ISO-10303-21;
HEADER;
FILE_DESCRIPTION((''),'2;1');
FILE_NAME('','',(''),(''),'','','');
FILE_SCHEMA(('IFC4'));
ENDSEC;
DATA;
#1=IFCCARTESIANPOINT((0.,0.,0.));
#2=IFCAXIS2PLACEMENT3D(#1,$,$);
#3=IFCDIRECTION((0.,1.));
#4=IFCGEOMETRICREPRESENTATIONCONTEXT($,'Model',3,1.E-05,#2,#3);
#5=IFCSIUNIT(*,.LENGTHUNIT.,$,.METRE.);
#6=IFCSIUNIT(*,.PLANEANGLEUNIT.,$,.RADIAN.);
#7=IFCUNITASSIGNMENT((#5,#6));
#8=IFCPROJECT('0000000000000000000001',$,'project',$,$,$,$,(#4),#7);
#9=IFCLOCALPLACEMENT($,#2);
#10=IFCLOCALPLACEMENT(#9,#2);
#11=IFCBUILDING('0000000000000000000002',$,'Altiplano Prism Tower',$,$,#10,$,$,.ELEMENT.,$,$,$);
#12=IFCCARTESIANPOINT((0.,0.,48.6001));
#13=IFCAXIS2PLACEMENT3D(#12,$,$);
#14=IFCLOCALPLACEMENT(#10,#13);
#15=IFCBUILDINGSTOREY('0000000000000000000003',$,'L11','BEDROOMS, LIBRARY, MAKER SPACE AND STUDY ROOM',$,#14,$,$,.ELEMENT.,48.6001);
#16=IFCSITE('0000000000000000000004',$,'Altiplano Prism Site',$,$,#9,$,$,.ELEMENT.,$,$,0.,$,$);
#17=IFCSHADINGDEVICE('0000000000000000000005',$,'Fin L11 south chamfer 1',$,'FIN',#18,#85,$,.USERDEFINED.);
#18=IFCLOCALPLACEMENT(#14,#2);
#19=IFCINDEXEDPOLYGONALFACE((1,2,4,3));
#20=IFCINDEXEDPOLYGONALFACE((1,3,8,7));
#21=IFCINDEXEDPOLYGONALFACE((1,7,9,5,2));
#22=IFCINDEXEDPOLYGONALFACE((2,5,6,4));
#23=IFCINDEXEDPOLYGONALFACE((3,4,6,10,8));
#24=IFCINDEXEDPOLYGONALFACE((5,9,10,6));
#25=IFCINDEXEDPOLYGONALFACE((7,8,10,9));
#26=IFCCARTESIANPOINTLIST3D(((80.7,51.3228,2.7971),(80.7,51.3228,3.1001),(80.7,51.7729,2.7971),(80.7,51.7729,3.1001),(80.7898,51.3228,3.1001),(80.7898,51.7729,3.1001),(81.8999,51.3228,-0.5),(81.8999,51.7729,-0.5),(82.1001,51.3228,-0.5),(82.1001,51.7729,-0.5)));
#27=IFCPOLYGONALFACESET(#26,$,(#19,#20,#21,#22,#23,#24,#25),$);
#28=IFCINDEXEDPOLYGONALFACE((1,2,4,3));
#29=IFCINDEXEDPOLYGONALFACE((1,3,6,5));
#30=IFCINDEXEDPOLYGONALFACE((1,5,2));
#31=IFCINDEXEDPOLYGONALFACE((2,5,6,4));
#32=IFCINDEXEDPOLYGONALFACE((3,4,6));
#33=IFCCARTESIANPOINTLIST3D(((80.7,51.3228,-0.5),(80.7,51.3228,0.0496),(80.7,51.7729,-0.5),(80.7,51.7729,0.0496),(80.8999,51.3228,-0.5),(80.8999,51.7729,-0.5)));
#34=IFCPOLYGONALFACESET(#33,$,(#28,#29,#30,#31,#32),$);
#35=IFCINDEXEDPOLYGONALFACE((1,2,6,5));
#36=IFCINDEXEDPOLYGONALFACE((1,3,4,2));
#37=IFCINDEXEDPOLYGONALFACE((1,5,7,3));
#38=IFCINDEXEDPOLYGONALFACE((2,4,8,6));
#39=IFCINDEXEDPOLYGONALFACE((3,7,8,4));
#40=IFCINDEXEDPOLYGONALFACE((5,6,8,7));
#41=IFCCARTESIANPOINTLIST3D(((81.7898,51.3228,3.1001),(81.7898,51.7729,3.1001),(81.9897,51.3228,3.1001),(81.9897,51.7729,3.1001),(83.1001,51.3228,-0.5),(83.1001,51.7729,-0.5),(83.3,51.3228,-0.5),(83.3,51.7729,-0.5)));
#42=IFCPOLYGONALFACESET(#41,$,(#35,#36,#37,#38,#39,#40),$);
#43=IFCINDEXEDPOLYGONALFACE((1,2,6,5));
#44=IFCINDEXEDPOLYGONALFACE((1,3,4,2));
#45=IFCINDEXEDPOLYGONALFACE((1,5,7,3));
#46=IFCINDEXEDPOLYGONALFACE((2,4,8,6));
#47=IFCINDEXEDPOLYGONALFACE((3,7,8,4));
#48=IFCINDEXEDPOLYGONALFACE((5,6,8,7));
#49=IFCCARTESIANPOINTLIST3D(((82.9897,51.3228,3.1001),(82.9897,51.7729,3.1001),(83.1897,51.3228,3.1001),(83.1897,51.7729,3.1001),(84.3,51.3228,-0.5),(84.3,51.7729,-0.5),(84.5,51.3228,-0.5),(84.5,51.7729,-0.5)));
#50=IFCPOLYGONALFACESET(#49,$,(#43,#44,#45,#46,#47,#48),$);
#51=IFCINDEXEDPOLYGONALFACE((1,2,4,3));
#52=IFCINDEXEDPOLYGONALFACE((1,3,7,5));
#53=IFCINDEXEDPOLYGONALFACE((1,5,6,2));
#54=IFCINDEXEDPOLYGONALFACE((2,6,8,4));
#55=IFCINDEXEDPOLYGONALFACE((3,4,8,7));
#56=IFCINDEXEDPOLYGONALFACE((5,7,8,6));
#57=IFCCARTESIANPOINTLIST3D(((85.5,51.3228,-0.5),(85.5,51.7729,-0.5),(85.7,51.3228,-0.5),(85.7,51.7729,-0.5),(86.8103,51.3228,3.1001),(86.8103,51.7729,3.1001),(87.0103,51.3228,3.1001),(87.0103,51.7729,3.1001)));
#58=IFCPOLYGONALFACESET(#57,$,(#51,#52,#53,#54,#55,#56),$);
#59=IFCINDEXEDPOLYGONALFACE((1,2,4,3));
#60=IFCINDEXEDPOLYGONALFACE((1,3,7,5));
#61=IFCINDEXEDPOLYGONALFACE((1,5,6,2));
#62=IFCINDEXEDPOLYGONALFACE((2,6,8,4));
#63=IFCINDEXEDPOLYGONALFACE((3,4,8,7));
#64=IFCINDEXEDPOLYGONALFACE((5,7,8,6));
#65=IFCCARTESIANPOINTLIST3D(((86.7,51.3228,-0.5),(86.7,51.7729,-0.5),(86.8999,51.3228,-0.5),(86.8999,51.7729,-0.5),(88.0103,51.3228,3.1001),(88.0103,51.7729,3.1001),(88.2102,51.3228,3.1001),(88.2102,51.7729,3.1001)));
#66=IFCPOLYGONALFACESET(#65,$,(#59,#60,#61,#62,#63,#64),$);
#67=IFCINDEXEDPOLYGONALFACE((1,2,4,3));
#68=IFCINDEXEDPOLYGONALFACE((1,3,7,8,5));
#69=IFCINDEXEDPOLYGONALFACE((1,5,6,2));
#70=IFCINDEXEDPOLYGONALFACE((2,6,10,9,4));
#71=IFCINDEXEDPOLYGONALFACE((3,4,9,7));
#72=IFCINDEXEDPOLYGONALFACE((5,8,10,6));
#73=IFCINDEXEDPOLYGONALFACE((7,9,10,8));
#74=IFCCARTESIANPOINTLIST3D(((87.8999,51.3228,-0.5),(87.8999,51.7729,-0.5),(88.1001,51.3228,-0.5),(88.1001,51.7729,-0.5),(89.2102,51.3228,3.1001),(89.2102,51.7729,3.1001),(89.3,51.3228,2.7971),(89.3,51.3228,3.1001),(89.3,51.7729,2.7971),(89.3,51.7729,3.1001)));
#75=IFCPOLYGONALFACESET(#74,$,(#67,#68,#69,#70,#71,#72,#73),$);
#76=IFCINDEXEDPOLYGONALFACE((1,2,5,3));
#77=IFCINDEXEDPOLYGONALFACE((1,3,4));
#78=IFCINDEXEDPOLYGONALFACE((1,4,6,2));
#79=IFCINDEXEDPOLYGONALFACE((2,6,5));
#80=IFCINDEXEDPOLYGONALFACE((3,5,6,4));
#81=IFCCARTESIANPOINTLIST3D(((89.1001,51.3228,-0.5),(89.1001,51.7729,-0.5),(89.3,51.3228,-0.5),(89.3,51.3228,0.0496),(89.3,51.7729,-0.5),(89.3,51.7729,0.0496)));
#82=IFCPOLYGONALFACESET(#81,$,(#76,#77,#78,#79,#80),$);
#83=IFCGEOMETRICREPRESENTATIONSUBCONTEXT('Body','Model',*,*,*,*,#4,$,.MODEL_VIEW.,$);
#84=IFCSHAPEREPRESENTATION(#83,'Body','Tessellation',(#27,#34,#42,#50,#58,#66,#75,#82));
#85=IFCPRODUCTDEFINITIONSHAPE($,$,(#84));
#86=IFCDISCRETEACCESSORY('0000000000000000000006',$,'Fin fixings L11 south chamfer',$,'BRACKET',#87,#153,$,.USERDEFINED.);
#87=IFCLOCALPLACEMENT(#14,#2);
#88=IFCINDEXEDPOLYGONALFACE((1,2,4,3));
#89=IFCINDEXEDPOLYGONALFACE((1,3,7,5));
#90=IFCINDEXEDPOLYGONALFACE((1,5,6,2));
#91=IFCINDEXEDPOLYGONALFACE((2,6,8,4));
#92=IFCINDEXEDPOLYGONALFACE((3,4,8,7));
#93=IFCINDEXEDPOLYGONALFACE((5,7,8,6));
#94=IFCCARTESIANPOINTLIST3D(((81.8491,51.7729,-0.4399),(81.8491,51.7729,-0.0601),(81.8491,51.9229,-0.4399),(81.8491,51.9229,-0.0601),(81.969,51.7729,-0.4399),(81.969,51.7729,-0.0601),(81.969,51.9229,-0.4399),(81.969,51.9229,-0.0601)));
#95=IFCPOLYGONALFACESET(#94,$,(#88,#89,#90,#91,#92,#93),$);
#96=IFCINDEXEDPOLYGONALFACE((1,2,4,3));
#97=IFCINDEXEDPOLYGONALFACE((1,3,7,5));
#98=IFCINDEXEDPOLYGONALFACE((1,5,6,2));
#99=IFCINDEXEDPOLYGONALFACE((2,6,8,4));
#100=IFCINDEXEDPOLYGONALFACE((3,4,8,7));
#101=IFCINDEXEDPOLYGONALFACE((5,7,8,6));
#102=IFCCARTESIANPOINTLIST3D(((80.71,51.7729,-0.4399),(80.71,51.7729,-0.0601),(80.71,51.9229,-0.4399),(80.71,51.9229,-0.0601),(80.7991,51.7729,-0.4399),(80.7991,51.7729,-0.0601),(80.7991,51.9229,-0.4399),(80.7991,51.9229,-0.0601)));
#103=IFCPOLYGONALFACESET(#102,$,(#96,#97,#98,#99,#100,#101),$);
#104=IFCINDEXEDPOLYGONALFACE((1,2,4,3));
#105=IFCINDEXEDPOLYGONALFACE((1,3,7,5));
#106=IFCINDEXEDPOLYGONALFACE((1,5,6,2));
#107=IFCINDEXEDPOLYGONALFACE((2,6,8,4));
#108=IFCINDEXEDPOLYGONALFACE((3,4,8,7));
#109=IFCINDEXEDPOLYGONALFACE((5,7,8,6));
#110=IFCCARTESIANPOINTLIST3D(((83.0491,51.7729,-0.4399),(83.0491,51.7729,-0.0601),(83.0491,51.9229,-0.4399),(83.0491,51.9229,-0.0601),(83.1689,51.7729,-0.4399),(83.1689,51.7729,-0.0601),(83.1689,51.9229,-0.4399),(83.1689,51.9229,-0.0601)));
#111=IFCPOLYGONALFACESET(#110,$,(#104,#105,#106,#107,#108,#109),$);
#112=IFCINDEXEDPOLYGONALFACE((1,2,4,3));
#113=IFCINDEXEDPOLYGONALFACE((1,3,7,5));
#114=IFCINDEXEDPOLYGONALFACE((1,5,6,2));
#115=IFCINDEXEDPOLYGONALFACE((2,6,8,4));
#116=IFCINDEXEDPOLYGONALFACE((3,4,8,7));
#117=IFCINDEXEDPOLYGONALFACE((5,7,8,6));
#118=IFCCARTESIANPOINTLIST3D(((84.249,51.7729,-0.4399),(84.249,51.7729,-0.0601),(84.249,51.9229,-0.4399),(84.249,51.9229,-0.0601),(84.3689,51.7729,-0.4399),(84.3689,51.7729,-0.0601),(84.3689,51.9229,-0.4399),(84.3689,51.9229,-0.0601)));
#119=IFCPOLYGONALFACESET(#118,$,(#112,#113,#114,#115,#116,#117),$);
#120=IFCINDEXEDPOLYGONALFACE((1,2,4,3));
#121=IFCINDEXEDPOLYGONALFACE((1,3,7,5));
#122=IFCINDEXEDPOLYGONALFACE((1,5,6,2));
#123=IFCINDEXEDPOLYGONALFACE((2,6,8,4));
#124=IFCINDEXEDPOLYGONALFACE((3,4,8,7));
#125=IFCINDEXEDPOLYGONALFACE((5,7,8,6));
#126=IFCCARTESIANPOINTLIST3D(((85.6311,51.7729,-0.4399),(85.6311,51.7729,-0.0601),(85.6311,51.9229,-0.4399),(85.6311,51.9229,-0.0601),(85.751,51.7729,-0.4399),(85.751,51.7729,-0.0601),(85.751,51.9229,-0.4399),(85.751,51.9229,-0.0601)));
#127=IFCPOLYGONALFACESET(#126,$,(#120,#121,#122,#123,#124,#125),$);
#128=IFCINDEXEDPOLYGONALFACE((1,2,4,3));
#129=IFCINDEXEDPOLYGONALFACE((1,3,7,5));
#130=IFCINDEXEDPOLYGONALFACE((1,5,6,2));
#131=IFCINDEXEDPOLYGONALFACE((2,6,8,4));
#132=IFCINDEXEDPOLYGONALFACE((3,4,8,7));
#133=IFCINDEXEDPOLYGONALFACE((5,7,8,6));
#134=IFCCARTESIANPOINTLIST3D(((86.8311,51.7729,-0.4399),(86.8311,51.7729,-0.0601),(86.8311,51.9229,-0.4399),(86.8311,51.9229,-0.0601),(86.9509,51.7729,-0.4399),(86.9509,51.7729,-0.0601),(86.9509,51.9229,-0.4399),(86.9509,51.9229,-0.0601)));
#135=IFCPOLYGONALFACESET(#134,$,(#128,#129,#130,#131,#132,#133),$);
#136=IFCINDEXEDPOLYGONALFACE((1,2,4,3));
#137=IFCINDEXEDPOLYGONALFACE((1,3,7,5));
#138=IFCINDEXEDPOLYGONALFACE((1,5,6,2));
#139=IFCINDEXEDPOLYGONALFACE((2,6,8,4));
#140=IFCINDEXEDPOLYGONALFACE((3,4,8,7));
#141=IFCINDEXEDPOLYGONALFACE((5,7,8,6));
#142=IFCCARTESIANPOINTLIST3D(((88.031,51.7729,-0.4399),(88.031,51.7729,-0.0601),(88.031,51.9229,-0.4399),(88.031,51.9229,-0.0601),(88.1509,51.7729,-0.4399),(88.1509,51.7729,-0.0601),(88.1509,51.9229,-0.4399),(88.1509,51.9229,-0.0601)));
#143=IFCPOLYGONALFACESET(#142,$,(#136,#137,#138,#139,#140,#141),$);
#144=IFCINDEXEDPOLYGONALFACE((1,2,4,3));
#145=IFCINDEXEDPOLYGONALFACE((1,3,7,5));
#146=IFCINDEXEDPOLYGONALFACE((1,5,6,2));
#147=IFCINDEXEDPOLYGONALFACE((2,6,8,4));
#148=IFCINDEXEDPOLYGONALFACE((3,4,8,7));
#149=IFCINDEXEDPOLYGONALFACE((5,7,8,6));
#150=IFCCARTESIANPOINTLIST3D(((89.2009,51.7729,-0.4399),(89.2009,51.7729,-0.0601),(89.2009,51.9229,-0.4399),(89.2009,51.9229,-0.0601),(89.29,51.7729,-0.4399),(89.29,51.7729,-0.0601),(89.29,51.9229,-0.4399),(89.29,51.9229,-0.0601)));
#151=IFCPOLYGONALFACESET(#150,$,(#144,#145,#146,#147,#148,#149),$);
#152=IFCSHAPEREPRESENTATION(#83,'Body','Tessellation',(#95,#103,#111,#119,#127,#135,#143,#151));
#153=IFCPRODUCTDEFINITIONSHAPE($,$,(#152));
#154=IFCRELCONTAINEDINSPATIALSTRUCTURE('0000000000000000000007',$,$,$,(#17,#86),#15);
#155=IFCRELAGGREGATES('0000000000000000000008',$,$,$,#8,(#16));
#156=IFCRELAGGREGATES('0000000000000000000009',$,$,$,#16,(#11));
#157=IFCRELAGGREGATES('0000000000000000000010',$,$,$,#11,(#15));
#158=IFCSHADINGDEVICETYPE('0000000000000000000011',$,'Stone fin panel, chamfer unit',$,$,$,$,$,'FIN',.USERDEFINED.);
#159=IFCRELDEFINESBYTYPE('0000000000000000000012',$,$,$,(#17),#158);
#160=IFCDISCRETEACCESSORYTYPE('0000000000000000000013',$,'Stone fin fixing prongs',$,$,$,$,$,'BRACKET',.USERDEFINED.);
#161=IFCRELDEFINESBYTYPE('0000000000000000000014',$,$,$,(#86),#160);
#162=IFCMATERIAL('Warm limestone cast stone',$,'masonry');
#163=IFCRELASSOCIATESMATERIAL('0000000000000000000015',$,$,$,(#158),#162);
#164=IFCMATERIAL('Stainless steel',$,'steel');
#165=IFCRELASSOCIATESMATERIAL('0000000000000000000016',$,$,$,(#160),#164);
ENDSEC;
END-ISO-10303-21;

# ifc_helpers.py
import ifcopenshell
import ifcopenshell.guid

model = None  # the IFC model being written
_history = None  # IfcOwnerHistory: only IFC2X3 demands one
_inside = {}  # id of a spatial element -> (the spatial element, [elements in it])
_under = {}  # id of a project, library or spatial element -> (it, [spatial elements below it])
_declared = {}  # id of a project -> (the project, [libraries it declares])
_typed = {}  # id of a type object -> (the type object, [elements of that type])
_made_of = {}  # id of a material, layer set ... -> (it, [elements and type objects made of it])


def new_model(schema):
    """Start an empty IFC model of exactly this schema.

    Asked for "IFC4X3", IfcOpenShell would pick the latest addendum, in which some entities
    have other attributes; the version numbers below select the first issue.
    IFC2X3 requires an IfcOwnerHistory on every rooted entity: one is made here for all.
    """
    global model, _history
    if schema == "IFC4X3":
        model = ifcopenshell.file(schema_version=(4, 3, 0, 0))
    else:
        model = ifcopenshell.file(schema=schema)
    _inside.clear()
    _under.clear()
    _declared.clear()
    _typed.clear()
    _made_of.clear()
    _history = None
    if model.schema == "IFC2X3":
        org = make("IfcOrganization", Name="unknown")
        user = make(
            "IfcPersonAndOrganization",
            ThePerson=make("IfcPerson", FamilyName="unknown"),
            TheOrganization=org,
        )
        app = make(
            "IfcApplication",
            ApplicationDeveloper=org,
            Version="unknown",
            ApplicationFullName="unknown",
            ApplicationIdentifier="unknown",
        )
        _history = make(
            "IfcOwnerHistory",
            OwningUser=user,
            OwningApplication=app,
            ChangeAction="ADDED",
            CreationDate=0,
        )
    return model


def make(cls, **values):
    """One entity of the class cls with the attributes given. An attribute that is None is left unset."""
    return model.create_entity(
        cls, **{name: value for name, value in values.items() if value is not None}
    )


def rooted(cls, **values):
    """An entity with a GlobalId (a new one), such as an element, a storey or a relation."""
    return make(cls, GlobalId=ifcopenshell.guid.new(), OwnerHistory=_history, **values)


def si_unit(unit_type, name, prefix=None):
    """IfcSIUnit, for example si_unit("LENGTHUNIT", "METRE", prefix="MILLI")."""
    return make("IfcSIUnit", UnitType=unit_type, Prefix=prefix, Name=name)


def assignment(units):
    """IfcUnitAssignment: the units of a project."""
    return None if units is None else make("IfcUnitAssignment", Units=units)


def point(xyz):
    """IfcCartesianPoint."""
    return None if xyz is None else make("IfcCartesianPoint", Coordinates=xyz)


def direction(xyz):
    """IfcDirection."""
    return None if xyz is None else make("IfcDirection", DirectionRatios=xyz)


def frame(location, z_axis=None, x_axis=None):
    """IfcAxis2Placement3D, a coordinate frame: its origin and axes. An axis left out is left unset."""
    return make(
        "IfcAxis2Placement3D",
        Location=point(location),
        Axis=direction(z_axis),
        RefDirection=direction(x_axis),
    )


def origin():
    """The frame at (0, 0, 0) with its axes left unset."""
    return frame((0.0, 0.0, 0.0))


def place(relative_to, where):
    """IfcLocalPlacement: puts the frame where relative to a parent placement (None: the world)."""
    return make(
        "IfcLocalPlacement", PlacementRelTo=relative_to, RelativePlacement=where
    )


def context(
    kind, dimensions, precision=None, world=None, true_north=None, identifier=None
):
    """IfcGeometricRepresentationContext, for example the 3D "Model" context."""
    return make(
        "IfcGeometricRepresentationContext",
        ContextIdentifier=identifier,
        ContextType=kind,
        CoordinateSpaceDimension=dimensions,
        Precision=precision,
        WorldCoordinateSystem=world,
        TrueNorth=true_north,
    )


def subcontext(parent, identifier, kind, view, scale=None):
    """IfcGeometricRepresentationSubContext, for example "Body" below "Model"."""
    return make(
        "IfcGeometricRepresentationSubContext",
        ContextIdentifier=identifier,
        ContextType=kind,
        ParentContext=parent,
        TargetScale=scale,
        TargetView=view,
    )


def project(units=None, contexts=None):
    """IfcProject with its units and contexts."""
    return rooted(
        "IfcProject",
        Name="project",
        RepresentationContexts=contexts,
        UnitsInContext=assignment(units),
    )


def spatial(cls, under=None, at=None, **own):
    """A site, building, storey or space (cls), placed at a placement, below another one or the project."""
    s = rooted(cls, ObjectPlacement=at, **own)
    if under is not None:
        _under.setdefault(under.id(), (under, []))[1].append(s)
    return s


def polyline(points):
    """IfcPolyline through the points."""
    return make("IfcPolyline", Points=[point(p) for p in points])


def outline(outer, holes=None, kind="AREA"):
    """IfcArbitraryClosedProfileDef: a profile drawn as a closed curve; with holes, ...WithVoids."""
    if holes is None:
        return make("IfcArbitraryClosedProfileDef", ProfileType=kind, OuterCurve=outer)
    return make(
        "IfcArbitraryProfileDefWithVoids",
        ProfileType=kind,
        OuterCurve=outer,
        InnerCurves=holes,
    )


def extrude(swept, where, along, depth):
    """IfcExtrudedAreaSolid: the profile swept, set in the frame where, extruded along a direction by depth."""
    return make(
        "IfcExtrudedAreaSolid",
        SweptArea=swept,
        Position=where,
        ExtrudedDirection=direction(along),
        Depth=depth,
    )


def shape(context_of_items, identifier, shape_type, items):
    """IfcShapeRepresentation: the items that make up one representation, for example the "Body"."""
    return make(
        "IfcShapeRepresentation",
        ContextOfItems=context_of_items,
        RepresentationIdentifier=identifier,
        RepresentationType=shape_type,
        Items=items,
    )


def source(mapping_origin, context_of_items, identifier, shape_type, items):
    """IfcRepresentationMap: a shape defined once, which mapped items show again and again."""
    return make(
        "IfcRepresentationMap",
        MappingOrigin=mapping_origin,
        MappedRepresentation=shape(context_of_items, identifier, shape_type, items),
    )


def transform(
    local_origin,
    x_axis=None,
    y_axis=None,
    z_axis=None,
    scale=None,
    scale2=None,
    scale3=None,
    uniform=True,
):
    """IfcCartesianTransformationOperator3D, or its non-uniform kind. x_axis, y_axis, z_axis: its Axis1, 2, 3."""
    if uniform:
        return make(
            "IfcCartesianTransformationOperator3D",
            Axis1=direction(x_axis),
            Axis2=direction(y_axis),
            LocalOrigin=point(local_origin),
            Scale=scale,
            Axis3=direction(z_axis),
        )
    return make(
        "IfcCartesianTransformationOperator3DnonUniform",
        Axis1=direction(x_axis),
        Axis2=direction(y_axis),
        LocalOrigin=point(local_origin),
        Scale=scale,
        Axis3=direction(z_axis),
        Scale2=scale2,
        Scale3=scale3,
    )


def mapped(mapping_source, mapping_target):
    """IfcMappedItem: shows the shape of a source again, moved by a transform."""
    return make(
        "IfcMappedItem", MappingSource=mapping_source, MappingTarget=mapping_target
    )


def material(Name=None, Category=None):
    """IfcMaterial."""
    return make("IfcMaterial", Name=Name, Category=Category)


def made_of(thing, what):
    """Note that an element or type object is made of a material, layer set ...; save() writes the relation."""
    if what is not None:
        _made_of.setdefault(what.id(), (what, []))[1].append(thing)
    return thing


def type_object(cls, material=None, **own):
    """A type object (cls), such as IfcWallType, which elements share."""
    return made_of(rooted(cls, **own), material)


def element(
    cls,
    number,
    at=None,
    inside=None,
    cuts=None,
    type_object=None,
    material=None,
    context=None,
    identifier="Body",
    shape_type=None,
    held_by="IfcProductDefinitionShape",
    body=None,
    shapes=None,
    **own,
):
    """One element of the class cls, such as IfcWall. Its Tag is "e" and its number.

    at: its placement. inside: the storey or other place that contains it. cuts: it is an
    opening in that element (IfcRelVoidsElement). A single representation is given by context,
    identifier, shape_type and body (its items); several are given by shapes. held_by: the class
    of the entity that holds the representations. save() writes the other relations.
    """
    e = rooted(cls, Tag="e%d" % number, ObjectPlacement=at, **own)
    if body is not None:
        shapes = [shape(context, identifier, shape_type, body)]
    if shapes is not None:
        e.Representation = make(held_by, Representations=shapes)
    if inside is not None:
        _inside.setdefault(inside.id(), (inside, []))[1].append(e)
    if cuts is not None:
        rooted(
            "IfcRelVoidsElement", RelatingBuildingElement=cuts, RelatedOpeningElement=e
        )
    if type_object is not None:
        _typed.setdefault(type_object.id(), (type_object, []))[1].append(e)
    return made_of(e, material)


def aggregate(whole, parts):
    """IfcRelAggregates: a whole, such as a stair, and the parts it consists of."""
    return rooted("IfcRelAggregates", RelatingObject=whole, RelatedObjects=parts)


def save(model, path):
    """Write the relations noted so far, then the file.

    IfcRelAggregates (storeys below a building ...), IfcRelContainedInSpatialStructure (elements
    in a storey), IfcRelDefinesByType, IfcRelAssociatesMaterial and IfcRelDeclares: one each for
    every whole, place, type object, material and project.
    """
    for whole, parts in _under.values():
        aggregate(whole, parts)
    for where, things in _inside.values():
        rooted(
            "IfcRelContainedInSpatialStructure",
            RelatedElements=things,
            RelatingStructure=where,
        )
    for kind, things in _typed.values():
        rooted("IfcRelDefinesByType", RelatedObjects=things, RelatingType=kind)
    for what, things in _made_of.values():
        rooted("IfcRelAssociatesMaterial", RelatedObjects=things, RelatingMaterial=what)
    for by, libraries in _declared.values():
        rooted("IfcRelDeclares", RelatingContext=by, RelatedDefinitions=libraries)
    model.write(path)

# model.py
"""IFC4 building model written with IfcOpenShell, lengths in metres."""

from ifc_helpers import new_model, si_unit, direction, frame, origin, place, context, subcontext, project, spatial, polyline, outline, extrude, source, transform, mapped, material, type_object, element, save


model = new_model("IFC4")

# Units and contexts
model_context = context("Model", 3, precision=1e-05, world=origin(), true_north=direction((0.0, 1.0)))
body_context = subcontext(model_context, "Body", "Model", "MODEL_VIEW")
ifc_project = project(units=[si_unit("LENGTHUNIT", "METRE"), si_unit("PLANEANGLEUNIT", "RADIAN")], contexts=[model_context])

# Site, building, storey
site_placement = place(None, origin())
site = spatial("IfcSite", under=ifc_project, at=site_placement, Name="Altiplano Prism Site", CompositionType="ELEMENT", RefElevation=0.0)
building_placement = place(site_placement, origin())
building = spatial("IfcBuilding", under=site, at=building_placement, Name="Altiplano Prism Tower", CompositionType="ELEMENT")
storey_placement = place(building_placement, frame((0.0, 0.0, 48.6001)))
storey = spatial("IfcBuildingStorey", under=building, at=storey_placement, Name="L11", Description="BEDROOMS, LIBRARY, MAKER SPACE AND STUDY ROOM", CompositionType="ELEMENT", Elevation=48.6001)

# Shading device
ifc_material_1 = material(Name="Warm limestone cast stone", Category="masonry")
shading_device_type_1 = type_object("IfcShadingDeviceType", Name="Stone fin panel, chamfer unit", ElementType="FIN", PredefinedType="USERDEFINED", material=ifc_material_1)
shared_shape_1 = source(origin(), body_context, "Body", "SweptSolid", [
    extrude(outline(polyline([(-4.3, 3.6001), (-4.3, 3.2971), (-3.1001, 0.0), (-2.8999, 0.0), (-4.2102, 3.6001), (-4.3, 3.6001)])), frame((0.0, -0.1499, 0.0), z_axis=(0.0, -1.0, 0.0), x_axis=(1.0, 0.0, 0.0)), (0.0, 0.0, 1.0), 0.4502),
    extrude(outline(polyline([(-4.3, 0.5496), (-4.3, 0.0), (-4.1001, 0.0), (-4.3, 0.5496)])), frame((0.0, -0.1499, 0.0), z_axis=(0.0, -1.0, 0.0), x_axis=(1.0, 0.0, 0.0)), (0.0, 0.0, 1.0), 0.4502),
    extrude(outline(polyline([(-3.2102, 3.6001), (-1.8999, 0.0), (-1.7, 0.0), (-3.0103, 3.6001), (-3.2102, 3.6001)])), frame((0.0, -0.1499, 0.0), z_axis=(0.0, -1.0, 0.0), x_axis=(1.0, 0.0, 0.0)), (0.0, 0.0, 1.0), 0.4502),
    extrude(outline(polyline([(-2.0103, 3.6001), (-0.7, 0.0), (-0.5, 0.0), (-1.8103, 3.6001), (-2.0103, 3.6001)])), frame((0.0, -0.1499, 0.0), z_axis=(0.0, -1.0, 0.0), x_axis=(1.0, 0.0, 0.0)), (0.0, 0.0, 1.0), 0.4502),
    extrude(outline(polyline([(1.8103, 3.6001), (0.5, 0.0), (0.7, 0.0), (2.0103, 3.6001), (1.8103, 3.6001)])), frame((0.0, -0.1499, 0.0), z_axis=(0.0, -1.0, 0.0), x_axis=(1.0, 0.0, 0.0)), (0.0, 0.0, 1.0), 0.4502),
    extrude(outline(polyline([(3.0103, 3.6001), (1.7, 0.0), (1.8999, 0.0), (3.2102, 3.6001), (3.0103, 3.6001)])), frame((0.0, -0.1499, 0.0), z_axis=(0.0, -1.0, 0.0), x_axis=(1.0, 0.0, 0.0)), (0.0, 0.0, 1.0), 0.4502),
    extrude(outline(polyline([(4.2102, 3.6001), (2.8999, 0.0), (3.1001, 0.0), (4.3, 3.2971), (4.3, 3.6001), (4.2102, 3.6001)])), frame((0.0, -0.1499, 0.0), z_axis=(0.0, -1.0, 0.0), x_axis=(1.0, 0.0, 0.0)), (0.0, 0.0, 1.0), 0.4502),
    extrude(outline(polyline([(4.3, 0.0), (4.3, 0.5496), (4.1001, 0.0), (4.3, 0.0)])), frame((0.0, -0.1499, 0.0), z_axis=(0.0, -1.0, 0.0), x_axis=(1.0, 0.0, 0.0)), (0.0, 0.0, 1.0), 0.4502),
])
shading_device_1_placement = place(storey_placement, origin())
element("IfcShadingDevice", 1, at=shading_device_1_placement, inside=storey, type_object=shading_device_type_1, Name="Fin L11 south chamfer 1", ObjectType="FIN", PredefinedType="USERDEFINED", context=body_context, shape_type="MappedRepresentation", body=[
    mapped(shared_shape_1, transform((85.0, 51.9229, -0.5), x_axis=(1.0, 0.0, 0.0), y_axis=(0.0, 1.0, 0.0), z_axis=(0.0, 0.0, 1.0))),
])

# Discrete accessory
ifc_material_2 = material(Name="Stainless steel", Category="steel")
discrete_accessory_type = type_object("IfcDiscreteAccessoryType", Name="Stone fin fixing prongs", ElementType="BRACKET", PredefinedType="USERDEFINED", material=ifc_material_2)
shared_shape_2 = source(origin(), body_context, "Body", "SweptSolid", [
    extrude(outline(polyline([(-3.1509, 0.0601), (-3.031, 0.0601), (-3.031, 0.4399), (-3.1509, 0.4399), (-3.1509, 0.0601)])), frame((0.0, 0.0, 0.0), z_axis=(0.0, -1.0, 0.0), x_axis=(1.0, 0.0, 0.0)), (0.0, 0.0, 1.0), 0.1499),
    extrude(outline(polyline([(-4.29, 0.0601), (-4.2009, 0.0601), (-4.2009, 0.4399), (-4.29, 0.4399), (-4.29, 0.0601)])), frame((0.0, 0.0, 0.0), z_axis=(0.0, -1.0, 0.0), x_axis=(1.0, 0.0, 0.0)), (0.0, 0.0, 1.0), 0.1499),
    extrude(outline(polyline([(-1.9509, 0.0601), (-1.8311, 0.0601), (-1.8311, 0.4399), (-1.9509, 0.4399), (-1.9509, 0.0601)])), frame((0.0, 0.0, 0.0), z_axis=(0.0, -1.0, 0.0), x_axis=(1.0, 0.0, 0.0)), (0.0, 0.0, 1.0), 0.1499),
    extrude(outline(polyline([(-0.751, 0.0601), (-0.6311, 0.0601), (-0.6311, 0.4399), (-0.751, 0.4399), (-0.751, 0.0601)])), frame((0.0, 0.0, 0.0), z_axis=(0.0, -1.0, 0.0), x_axis=(1.0, 0.0, 0.0)), (0.0, 0.0, 1.0), 0.1499),
    extrude(outline(polyline([(0.6311, 0.0601), (0.751, 0.0601), (0.751, 0.4399), (0.6311, 0.4399), (0.6311, 0.0601)])), frame((0.0, 0.0, 0.0), z_axis=(0.0, -1.0, 0.0), x_axis=(1.0, 0.0, 0.0)), (0.0, 0.0, 1.0), 0.1499),
    extrude(outline(polyline([(1.8311, 0.0601), (1.9509, 0.0601), (1.9509, 0.4399), (1.8311, 0.4399), (1.8311, 0.0601)])), frame((0.0, 0.0, 0.0), z_axis=(0.0, -1.0, 0.0), x_axis=(1.0, 0.0, 0.0)), (0.0, 0.0, 1.0), 0.1499),
    extrude(outline(polyline([(3.031, 0.0601), (3.1509, 0.0601), (3.1509, 0.4399), (3.031, 0.4399), (3.031, 0.0601)])), frame((0.0, 0.0, 0.0), z_axis=(0.0, -1.0, 0.0), x_axis=(1.0, 0.0, 0.0)), (0.0, 0.0, 1.0), 0.1499),
    extrude(outline(polyline([(4.2009, 0.0601), (4.29, 0.0601), (4.29, 0.4399), (4.2009, 0.4399), (4.2009, 0.0601)])), frame((0.0, 0.0, 0.0), z_axis=(0.0, -1.0, 0.0), x_axis=(1.0, 0.0, 0.0)), (0.0, 0.0, 1.0), 0.1499),
])
discrete_accessory_1_placement = place(storey_placement, origin())
element("IfcDiscreteAccessory", 2, at=discrete_accessory_1_placement, inside=storey, type_object=discrete_accessory_type, Name="Fin fixings L11 south chamfer", ObjectType="BRACKET", PredefinedType="USERDEFINED", context=body_context, shape_type="MappedRepresentation", body=[
    mapped(shared_shape_2, transform((85.0, 51.9229, -0.5), x_axis=(1.0, 0.0, 0.0), y_axis=(0.0, 1.0, 0.0), z_axis=(0.0, 0.0, 1.0))),
])

save(model, "model.ifc")
